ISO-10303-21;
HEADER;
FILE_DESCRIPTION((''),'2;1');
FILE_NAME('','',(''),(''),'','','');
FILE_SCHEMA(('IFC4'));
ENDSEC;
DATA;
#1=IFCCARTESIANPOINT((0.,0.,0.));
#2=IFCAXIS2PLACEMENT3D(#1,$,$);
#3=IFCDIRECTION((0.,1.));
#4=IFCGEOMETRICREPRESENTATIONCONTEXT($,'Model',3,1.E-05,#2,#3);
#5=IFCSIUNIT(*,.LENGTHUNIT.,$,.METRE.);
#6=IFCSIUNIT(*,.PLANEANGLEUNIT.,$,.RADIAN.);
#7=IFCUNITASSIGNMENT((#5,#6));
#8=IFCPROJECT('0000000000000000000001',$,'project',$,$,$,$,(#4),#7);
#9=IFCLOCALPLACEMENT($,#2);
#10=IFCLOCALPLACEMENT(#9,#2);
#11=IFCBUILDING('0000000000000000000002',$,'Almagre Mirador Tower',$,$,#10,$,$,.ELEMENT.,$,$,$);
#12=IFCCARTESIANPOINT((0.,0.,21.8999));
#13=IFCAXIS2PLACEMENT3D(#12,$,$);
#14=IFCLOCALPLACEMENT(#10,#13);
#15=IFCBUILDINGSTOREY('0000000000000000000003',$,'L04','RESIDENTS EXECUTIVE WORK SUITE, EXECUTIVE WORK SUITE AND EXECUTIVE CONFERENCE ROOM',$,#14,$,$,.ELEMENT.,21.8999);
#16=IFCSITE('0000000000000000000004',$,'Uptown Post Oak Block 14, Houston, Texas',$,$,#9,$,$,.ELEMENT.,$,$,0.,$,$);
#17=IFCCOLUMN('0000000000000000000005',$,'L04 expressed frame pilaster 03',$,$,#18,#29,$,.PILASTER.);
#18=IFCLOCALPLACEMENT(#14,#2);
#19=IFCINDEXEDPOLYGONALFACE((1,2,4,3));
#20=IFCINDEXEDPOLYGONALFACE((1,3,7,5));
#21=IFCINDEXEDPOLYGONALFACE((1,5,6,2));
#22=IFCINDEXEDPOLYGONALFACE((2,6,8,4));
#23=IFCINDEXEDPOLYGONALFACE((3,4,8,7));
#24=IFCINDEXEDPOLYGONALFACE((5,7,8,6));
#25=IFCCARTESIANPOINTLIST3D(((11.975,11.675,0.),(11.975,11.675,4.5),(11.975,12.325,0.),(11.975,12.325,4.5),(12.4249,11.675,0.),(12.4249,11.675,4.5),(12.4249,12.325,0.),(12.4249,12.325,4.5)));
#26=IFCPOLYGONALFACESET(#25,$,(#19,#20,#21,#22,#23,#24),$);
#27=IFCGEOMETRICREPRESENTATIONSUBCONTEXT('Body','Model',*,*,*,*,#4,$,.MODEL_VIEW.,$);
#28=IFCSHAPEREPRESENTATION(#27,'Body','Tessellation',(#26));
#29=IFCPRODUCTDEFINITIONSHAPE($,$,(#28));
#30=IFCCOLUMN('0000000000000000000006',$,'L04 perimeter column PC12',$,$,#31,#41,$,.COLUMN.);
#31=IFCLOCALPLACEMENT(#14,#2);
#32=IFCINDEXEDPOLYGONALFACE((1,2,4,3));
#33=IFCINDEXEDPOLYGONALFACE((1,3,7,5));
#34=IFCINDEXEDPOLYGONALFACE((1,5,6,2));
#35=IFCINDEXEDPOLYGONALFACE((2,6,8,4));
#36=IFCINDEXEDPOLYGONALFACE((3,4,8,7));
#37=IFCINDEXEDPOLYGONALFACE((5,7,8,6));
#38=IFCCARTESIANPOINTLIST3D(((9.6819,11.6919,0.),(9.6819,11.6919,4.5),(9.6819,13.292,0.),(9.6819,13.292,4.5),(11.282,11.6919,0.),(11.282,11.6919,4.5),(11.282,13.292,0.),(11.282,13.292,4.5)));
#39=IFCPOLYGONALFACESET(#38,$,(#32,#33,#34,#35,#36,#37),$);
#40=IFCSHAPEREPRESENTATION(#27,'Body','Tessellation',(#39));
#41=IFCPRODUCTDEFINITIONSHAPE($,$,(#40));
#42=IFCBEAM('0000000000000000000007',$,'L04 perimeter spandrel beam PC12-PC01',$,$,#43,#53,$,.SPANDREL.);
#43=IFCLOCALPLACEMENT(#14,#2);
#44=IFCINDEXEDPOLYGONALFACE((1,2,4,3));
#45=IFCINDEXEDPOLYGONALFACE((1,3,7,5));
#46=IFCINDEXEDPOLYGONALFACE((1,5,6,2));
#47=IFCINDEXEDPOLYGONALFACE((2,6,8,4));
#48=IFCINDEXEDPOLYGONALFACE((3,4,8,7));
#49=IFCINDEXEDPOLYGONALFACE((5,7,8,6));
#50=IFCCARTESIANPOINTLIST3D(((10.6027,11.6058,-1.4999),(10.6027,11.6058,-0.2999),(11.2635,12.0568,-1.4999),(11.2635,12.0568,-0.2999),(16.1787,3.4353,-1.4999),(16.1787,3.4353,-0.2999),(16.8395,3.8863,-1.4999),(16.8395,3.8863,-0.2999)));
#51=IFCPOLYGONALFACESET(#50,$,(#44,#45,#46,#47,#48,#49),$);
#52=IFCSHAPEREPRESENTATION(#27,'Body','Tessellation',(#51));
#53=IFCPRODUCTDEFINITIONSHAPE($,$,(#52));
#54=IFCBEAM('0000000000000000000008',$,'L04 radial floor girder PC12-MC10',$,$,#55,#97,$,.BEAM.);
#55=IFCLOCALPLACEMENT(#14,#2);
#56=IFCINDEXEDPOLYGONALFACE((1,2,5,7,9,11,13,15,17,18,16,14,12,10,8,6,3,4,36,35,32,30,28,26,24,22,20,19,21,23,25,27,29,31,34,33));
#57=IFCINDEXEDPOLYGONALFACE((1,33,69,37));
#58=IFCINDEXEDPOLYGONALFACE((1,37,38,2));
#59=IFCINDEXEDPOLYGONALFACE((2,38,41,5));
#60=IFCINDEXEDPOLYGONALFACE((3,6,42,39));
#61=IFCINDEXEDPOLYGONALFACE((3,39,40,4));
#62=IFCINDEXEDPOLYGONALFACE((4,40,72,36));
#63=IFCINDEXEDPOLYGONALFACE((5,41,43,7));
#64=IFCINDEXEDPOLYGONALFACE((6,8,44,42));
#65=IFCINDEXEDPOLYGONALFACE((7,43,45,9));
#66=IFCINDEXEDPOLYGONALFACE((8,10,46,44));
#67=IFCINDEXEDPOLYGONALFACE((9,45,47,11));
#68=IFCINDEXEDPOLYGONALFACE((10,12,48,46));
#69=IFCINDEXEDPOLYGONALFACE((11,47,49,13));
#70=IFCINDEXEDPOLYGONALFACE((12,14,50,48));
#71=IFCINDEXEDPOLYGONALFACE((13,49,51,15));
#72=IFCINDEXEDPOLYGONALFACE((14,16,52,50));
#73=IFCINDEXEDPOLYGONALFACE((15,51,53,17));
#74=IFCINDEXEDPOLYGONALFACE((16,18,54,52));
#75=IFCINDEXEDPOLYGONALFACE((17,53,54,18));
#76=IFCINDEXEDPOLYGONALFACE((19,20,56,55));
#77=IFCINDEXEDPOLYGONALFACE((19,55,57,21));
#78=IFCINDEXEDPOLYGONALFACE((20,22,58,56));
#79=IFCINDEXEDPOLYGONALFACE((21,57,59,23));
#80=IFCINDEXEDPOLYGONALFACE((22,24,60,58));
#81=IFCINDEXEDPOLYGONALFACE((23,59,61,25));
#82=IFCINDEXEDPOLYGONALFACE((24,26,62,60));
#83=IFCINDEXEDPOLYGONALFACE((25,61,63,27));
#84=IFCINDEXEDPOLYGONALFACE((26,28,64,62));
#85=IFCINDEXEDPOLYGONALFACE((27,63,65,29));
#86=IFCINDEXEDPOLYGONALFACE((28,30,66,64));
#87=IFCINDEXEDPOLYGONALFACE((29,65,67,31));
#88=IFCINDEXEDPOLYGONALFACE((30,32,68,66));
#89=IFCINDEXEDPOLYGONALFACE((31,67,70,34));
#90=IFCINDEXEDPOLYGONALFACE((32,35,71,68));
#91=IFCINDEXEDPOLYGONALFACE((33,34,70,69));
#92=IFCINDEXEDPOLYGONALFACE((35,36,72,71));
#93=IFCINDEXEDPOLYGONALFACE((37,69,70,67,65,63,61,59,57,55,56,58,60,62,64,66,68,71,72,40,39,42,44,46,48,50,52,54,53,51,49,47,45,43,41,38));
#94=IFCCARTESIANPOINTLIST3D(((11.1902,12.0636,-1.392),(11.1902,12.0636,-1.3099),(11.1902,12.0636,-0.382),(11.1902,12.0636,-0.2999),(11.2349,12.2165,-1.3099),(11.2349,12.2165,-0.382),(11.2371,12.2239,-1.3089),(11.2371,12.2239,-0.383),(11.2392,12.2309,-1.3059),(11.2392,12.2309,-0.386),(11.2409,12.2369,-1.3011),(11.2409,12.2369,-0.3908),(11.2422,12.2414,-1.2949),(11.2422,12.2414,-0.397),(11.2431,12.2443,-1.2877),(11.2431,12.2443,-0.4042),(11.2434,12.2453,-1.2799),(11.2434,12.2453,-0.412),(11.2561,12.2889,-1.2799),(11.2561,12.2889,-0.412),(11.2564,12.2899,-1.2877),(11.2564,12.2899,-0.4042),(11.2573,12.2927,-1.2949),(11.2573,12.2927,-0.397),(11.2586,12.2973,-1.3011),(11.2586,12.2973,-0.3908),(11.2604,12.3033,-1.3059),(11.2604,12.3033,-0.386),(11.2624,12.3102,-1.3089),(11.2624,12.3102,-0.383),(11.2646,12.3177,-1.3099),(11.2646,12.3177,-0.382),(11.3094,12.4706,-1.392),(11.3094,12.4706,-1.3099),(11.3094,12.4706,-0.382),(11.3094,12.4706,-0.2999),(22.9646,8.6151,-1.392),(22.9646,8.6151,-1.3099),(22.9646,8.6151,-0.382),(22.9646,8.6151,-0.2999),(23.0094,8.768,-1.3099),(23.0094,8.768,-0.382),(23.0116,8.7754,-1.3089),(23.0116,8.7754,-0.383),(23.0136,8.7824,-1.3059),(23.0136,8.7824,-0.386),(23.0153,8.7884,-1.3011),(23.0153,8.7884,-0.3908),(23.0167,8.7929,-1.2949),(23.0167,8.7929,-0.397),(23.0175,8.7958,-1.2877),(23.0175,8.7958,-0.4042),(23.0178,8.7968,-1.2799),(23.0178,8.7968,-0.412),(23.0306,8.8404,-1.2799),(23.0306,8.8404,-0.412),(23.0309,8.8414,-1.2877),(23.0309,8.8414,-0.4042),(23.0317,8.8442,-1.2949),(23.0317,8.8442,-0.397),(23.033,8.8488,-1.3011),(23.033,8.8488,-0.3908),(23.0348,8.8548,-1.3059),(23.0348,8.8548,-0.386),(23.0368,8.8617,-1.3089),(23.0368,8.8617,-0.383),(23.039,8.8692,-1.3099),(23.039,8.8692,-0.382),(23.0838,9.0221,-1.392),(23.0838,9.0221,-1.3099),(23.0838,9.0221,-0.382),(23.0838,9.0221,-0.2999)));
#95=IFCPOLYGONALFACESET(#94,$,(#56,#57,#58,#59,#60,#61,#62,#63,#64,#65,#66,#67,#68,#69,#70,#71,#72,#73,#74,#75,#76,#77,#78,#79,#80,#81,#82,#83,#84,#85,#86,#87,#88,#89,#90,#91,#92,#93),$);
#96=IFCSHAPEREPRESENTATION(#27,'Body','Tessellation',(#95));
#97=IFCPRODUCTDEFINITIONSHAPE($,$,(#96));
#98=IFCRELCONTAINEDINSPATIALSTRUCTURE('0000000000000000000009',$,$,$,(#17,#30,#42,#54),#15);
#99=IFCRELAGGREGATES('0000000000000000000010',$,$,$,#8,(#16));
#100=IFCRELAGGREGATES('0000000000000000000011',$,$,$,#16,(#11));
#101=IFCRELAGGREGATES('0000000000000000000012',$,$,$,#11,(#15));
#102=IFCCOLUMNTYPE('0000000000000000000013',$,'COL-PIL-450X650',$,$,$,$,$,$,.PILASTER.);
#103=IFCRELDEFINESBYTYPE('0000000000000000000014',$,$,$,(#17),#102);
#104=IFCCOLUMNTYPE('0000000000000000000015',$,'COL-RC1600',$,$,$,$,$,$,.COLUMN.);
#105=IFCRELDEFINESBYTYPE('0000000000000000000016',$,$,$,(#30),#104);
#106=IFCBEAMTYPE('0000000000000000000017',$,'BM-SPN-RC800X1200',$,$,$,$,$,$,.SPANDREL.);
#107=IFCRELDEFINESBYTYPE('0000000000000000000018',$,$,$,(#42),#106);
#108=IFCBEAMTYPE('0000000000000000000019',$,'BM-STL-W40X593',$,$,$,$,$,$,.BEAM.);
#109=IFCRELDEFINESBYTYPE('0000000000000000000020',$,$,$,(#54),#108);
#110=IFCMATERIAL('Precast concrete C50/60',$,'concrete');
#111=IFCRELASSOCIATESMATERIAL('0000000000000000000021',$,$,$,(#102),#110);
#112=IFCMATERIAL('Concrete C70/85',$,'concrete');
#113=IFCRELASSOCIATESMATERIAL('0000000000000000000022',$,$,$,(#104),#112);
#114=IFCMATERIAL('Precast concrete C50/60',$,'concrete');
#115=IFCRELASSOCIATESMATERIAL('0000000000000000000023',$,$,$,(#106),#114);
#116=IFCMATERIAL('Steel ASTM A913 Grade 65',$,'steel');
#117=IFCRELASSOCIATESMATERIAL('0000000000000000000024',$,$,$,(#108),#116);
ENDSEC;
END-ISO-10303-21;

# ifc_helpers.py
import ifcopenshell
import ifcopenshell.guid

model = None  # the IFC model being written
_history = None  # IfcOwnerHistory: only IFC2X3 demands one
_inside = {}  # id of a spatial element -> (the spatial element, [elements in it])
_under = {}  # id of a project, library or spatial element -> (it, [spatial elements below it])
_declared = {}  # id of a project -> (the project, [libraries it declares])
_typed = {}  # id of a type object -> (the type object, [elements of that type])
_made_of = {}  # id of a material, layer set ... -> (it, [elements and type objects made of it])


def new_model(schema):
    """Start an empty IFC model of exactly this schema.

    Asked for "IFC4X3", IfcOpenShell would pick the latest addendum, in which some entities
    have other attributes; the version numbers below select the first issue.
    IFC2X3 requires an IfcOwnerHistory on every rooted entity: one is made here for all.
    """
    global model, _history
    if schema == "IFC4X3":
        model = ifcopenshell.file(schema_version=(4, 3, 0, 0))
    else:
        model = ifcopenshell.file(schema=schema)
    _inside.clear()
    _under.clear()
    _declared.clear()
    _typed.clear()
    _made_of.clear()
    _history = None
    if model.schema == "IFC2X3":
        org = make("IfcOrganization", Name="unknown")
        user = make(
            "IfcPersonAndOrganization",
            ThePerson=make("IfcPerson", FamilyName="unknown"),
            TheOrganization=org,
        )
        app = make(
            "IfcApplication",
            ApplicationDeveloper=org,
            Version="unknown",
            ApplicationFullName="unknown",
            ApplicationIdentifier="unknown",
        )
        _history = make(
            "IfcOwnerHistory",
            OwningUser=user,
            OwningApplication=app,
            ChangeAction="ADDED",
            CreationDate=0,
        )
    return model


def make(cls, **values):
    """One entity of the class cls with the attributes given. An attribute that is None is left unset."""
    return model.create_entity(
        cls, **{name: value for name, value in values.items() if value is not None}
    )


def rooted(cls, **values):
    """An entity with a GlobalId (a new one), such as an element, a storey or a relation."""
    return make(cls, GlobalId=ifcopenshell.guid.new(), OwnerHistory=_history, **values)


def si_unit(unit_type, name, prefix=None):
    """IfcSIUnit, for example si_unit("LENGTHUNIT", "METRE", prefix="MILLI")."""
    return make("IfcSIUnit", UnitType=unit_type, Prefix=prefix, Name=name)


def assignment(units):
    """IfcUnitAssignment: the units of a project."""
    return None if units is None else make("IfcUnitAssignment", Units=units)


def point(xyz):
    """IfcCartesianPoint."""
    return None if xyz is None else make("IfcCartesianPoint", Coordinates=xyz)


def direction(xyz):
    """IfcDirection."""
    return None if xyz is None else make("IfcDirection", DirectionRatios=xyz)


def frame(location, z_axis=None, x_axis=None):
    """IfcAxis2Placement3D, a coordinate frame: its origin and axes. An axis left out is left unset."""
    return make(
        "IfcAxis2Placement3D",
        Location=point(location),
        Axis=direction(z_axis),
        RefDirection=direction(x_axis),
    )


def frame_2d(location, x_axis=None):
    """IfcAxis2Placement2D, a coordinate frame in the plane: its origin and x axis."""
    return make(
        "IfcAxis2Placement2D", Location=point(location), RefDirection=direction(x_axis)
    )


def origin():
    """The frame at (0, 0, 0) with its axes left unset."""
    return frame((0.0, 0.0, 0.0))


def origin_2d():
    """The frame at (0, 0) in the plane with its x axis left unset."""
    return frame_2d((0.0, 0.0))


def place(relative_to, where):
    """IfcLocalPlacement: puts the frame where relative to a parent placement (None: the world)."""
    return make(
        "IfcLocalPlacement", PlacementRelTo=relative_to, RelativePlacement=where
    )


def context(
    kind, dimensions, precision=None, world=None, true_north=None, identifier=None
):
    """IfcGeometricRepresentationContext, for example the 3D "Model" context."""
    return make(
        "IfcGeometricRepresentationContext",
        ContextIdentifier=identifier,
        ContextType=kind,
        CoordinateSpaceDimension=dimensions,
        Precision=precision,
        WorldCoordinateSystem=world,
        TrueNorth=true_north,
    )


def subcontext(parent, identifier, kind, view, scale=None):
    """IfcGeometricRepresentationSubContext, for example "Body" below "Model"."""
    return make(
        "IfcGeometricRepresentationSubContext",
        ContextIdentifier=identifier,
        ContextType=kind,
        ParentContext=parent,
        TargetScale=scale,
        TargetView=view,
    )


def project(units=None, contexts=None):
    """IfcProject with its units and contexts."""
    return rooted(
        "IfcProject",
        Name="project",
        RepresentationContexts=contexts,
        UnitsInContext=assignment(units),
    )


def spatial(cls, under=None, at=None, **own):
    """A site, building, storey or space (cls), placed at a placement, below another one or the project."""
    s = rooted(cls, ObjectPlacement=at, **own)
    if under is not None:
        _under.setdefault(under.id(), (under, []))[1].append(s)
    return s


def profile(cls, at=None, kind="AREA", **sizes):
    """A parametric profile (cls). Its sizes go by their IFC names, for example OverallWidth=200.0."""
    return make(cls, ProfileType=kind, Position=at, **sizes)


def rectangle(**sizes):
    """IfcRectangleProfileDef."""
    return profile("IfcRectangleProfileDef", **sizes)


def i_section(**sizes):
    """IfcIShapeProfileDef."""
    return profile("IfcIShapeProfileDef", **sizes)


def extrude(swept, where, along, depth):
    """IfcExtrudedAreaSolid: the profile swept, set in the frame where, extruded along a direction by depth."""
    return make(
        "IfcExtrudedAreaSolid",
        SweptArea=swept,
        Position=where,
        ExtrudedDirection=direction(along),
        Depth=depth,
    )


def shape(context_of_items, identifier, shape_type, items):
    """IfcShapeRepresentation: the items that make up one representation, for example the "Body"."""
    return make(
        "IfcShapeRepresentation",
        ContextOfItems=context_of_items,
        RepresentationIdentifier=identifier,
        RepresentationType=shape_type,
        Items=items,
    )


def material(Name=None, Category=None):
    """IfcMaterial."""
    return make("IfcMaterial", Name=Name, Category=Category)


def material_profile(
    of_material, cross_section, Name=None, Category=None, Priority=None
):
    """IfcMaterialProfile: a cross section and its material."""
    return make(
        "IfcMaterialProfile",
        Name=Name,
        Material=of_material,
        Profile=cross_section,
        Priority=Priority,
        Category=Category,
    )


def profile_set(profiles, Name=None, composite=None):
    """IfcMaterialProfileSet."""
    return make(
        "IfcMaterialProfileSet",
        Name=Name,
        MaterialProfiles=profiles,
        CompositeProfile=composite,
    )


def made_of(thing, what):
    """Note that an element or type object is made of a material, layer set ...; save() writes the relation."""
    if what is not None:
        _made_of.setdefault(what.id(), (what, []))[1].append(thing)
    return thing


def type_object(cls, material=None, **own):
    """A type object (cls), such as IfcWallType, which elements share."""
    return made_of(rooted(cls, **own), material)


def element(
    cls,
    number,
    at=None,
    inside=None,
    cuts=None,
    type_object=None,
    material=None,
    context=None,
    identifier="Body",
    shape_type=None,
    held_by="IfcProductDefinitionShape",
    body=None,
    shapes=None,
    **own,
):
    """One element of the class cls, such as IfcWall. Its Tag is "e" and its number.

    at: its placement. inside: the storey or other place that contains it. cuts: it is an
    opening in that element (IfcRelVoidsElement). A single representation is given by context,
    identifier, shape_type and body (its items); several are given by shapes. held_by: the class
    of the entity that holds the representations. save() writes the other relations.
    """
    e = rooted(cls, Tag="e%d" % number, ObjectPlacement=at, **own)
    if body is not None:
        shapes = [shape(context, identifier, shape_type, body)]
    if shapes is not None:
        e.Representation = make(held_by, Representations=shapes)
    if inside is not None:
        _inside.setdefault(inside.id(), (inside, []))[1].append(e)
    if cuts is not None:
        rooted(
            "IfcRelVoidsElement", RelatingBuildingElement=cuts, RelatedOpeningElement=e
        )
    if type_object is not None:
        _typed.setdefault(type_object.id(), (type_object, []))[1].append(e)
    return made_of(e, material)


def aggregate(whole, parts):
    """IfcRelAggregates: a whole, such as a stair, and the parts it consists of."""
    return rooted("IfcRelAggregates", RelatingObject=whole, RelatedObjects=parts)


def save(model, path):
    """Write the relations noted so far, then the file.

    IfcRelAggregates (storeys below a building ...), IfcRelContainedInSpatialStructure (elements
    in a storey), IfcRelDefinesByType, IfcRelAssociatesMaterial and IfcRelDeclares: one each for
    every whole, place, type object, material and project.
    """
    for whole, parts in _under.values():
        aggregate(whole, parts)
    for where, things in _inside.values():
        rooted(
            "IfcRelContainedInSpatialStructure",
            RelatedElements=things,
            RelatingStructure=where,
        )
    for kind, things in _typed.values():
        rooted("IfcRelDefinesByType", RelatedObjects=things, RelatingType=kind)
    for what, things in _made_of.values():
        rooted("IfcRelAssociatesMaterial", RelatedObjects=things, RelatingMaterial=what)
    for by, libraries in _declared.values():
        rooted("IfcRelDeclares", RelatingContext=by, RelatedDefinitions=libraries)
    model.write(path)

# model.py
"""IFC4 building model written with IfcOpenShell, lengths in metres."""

from ifc_helpers import new_model, si_unit, direction, frame, origin, origin_2d, place, context, subcontext, project, spatial, rectangle, i_section, extrude, material, material_profile, profile_set, type_object, element, save


model = new_model("IFC4")

# Units and contexts
model_context = context("Model", 3, precision=1e-05, world=origin(), true_north=direction((0.0, 1.0)))
body_context = subcontext(model_context, "Body", "Model", "MODEL_VIEW")
ifc_project = project(units=[si_unit("LENGTHUNIT", "METRE"), si_unit("PLANEANGLEUNIT", "RADIAN")], contexts=[model_context])

# Site, building, storey
site_placement = place(None, origin())
site = spatial("IfcSite", under=ifc_project, at=site_placement, Name="Uptown Post Oak Block 14, Houston, Texas", CompositionType="ELEMENT", RefElevation=0.0)
building_placement = place(site_placement, origin())
building = spatial("IfcBuilding", under=site, at=building_placement, Name="Almagre Mirador Tower", CompositionType="ELEMENT")
storey_placement = place(building_placement, frame((0.0, 0.0, 21.8999)))
storey = spatial("IfcBuildingStorey", under=building, at=storey_placement, Name="L04", Description="RESIDENTS EXECUTIVE WORK SUITE, EXECUTIVE WORK SUITE AND EXECUTIVE CONFERENCE ROOM", CompositionType="ELEMENT", Elevation=21.8999)

# Columns
ifc_material_1 = material(Name="Precast concrete C50/60", Category="concrete")
ifc_material_profile_1 = material_profile(ifc_material_1, rectangle(XDim=0.45, YDim=0.6499, at=origin_2d()), Name="RC450X650")
ifc_profile_set_1 = profile_set([ifc_material_profile_1], Name="Precast concrete C50/60")
column_type_1 = type_object("IfcColumnType", Name="COL-PIL-450X650", PredefinedType="PILASTER", material=ifc_profile_set_1)
column_1_placement = place(storey_placement, frame((12.2, 12.0, 0.0), z_axis=(0.0, 0.0, 1.0), x_axis=(1.0, 0.0, 0.0)))
element("IfcColumn", 1, at=column_1_placement, inside=storey, type_object=column_type_1, Name="L04 expressed frame pilaster 03", PredefinedType="PILASTER", context=body_context, shape_type="SweptSolid", body=[
    extrude(rectangle(XDim=0.45, YDim=0.6499, at=origin_2d()), origin(), (0.0, 0.0, 1.0), 4.5),
])
ifc_material_2 = material(Name="Concrete C70/85", Category="concrete")
ifc_material_profile_2 = material_profile(ifc_material_2, rectangle(XDim=1.6001, YDim=1.6001, at=origin_2d()), Name="RC1600X1600")
ifc_profile_set_2 = profile_set([ifc_material_profile_2], Name="Concrete C70/85")
column_type_2 = type_object("IfcColumnType", Name="COL-RC1600", PredefinedType="COLUMN", material=ifc_profile_set_2)
column_2_placement = place(storey_placement, frame((10.4819, 12.4919, 0.0), z_axis=(0.0, 0.0, 1.0), x_axis=(1.0, 0.0, 0.0)))
element("IfcColumn", 2, at=column_2_placement, inside=storey, type_object=column_type_2, Name="L04 perimeter column PC12", PredefinedType="COLUMN", context=body_context, shape_type="SweptSolid", body=[
    extrude(rectangle(XDim=1.6001, YDim=1.6001, at=origin_2d()), origin(), (0.0, 0.0, 1.0), 4.5),
])

# Beams
ifc_material_3 = material(Name="Precast concrete C50/60", Category="concrete")
ifc_material_profile_3 = material_profile(ifc_material_3, rectangle(XDim=0.8, YDim=1.2, at=origin_2d()), Name="RC800X1200")
ifc_profile_set_3 = profile_set([ifc_material_profile_3], Name="Precast concrete C50/60")
beam_type_1 = type_object("IfcBeamType", Name="BM-SPN-RC800X1200", PredefinedType="SPANDREL", material=ifc_profile_set_3)
beam_1_placement = place(storey_placement, frame((10.9331, 11.8313, -0.8999), z_axis=(0.563695, -0.825983, 0.0), x_axis=(0.825983, 0.563695, 0.0)))
element("IfcBeam", 3, at=beam_1_placement, inside=storey, type_object=beam_type_1, Name="L04 perimeter spandrel beam PC12-PC01", PredefinedType="SPANDREL", context=body_context, shape_type="SweptSolid", body=[
    extrude(rectangle(XDim=0.8, YDim=1.2, at=origin_2d()), origin(), (0.0, 0.0, 1.0), 9.8918),
])
ifc_material_4 = material(Name="Steel ASTM A913 Grade 65", Category="steel")
ifc_material_profile_4 = material_profile(ifc_material_4, i_section(OverallWidth=0.4241, OverallDepth=1.092, WebThickness=0.0454, FlangeThickness=0.082, FilletRadius=0.03, at=origin_2d()), Name="W40X593")
ifc_profile_set_4 = profile_set([ifc_material_profile_4], Name="Steel ASTM A913 Grade 65")
beam_type_2 = type_object("IfcBeamType", Name="BM-STL-W40X593", PredefinedType="BEAM", material=ifc_profile_set_4)
beam_2_placement = place(storey_placement, frame((11.2498, 12.2671, -0.8459), z_axis=(0.959686, -0.281073, 0.0), x_axis=(0.281073, 0.959686, 0.0)))
element("IfcBeam", 4, at=beam_2_placement, inside=storey, type_object=beam_type_2, Name="L04 radial floor girder PC12-MC10", PredefinedType="BEAM", context=body_context, shape_type="SweptSolid", body=[
    extrude(i_section(OverallWidth=0.4241, OverallDepth=1.092, WebThickness=0.0454, FlangeThickness=0.082, FilletRadius=0.03, at=origin_2d()), origin(), (0.0, 0.0, 1.0), 12.269),
])

save(model, "model.ifc")
